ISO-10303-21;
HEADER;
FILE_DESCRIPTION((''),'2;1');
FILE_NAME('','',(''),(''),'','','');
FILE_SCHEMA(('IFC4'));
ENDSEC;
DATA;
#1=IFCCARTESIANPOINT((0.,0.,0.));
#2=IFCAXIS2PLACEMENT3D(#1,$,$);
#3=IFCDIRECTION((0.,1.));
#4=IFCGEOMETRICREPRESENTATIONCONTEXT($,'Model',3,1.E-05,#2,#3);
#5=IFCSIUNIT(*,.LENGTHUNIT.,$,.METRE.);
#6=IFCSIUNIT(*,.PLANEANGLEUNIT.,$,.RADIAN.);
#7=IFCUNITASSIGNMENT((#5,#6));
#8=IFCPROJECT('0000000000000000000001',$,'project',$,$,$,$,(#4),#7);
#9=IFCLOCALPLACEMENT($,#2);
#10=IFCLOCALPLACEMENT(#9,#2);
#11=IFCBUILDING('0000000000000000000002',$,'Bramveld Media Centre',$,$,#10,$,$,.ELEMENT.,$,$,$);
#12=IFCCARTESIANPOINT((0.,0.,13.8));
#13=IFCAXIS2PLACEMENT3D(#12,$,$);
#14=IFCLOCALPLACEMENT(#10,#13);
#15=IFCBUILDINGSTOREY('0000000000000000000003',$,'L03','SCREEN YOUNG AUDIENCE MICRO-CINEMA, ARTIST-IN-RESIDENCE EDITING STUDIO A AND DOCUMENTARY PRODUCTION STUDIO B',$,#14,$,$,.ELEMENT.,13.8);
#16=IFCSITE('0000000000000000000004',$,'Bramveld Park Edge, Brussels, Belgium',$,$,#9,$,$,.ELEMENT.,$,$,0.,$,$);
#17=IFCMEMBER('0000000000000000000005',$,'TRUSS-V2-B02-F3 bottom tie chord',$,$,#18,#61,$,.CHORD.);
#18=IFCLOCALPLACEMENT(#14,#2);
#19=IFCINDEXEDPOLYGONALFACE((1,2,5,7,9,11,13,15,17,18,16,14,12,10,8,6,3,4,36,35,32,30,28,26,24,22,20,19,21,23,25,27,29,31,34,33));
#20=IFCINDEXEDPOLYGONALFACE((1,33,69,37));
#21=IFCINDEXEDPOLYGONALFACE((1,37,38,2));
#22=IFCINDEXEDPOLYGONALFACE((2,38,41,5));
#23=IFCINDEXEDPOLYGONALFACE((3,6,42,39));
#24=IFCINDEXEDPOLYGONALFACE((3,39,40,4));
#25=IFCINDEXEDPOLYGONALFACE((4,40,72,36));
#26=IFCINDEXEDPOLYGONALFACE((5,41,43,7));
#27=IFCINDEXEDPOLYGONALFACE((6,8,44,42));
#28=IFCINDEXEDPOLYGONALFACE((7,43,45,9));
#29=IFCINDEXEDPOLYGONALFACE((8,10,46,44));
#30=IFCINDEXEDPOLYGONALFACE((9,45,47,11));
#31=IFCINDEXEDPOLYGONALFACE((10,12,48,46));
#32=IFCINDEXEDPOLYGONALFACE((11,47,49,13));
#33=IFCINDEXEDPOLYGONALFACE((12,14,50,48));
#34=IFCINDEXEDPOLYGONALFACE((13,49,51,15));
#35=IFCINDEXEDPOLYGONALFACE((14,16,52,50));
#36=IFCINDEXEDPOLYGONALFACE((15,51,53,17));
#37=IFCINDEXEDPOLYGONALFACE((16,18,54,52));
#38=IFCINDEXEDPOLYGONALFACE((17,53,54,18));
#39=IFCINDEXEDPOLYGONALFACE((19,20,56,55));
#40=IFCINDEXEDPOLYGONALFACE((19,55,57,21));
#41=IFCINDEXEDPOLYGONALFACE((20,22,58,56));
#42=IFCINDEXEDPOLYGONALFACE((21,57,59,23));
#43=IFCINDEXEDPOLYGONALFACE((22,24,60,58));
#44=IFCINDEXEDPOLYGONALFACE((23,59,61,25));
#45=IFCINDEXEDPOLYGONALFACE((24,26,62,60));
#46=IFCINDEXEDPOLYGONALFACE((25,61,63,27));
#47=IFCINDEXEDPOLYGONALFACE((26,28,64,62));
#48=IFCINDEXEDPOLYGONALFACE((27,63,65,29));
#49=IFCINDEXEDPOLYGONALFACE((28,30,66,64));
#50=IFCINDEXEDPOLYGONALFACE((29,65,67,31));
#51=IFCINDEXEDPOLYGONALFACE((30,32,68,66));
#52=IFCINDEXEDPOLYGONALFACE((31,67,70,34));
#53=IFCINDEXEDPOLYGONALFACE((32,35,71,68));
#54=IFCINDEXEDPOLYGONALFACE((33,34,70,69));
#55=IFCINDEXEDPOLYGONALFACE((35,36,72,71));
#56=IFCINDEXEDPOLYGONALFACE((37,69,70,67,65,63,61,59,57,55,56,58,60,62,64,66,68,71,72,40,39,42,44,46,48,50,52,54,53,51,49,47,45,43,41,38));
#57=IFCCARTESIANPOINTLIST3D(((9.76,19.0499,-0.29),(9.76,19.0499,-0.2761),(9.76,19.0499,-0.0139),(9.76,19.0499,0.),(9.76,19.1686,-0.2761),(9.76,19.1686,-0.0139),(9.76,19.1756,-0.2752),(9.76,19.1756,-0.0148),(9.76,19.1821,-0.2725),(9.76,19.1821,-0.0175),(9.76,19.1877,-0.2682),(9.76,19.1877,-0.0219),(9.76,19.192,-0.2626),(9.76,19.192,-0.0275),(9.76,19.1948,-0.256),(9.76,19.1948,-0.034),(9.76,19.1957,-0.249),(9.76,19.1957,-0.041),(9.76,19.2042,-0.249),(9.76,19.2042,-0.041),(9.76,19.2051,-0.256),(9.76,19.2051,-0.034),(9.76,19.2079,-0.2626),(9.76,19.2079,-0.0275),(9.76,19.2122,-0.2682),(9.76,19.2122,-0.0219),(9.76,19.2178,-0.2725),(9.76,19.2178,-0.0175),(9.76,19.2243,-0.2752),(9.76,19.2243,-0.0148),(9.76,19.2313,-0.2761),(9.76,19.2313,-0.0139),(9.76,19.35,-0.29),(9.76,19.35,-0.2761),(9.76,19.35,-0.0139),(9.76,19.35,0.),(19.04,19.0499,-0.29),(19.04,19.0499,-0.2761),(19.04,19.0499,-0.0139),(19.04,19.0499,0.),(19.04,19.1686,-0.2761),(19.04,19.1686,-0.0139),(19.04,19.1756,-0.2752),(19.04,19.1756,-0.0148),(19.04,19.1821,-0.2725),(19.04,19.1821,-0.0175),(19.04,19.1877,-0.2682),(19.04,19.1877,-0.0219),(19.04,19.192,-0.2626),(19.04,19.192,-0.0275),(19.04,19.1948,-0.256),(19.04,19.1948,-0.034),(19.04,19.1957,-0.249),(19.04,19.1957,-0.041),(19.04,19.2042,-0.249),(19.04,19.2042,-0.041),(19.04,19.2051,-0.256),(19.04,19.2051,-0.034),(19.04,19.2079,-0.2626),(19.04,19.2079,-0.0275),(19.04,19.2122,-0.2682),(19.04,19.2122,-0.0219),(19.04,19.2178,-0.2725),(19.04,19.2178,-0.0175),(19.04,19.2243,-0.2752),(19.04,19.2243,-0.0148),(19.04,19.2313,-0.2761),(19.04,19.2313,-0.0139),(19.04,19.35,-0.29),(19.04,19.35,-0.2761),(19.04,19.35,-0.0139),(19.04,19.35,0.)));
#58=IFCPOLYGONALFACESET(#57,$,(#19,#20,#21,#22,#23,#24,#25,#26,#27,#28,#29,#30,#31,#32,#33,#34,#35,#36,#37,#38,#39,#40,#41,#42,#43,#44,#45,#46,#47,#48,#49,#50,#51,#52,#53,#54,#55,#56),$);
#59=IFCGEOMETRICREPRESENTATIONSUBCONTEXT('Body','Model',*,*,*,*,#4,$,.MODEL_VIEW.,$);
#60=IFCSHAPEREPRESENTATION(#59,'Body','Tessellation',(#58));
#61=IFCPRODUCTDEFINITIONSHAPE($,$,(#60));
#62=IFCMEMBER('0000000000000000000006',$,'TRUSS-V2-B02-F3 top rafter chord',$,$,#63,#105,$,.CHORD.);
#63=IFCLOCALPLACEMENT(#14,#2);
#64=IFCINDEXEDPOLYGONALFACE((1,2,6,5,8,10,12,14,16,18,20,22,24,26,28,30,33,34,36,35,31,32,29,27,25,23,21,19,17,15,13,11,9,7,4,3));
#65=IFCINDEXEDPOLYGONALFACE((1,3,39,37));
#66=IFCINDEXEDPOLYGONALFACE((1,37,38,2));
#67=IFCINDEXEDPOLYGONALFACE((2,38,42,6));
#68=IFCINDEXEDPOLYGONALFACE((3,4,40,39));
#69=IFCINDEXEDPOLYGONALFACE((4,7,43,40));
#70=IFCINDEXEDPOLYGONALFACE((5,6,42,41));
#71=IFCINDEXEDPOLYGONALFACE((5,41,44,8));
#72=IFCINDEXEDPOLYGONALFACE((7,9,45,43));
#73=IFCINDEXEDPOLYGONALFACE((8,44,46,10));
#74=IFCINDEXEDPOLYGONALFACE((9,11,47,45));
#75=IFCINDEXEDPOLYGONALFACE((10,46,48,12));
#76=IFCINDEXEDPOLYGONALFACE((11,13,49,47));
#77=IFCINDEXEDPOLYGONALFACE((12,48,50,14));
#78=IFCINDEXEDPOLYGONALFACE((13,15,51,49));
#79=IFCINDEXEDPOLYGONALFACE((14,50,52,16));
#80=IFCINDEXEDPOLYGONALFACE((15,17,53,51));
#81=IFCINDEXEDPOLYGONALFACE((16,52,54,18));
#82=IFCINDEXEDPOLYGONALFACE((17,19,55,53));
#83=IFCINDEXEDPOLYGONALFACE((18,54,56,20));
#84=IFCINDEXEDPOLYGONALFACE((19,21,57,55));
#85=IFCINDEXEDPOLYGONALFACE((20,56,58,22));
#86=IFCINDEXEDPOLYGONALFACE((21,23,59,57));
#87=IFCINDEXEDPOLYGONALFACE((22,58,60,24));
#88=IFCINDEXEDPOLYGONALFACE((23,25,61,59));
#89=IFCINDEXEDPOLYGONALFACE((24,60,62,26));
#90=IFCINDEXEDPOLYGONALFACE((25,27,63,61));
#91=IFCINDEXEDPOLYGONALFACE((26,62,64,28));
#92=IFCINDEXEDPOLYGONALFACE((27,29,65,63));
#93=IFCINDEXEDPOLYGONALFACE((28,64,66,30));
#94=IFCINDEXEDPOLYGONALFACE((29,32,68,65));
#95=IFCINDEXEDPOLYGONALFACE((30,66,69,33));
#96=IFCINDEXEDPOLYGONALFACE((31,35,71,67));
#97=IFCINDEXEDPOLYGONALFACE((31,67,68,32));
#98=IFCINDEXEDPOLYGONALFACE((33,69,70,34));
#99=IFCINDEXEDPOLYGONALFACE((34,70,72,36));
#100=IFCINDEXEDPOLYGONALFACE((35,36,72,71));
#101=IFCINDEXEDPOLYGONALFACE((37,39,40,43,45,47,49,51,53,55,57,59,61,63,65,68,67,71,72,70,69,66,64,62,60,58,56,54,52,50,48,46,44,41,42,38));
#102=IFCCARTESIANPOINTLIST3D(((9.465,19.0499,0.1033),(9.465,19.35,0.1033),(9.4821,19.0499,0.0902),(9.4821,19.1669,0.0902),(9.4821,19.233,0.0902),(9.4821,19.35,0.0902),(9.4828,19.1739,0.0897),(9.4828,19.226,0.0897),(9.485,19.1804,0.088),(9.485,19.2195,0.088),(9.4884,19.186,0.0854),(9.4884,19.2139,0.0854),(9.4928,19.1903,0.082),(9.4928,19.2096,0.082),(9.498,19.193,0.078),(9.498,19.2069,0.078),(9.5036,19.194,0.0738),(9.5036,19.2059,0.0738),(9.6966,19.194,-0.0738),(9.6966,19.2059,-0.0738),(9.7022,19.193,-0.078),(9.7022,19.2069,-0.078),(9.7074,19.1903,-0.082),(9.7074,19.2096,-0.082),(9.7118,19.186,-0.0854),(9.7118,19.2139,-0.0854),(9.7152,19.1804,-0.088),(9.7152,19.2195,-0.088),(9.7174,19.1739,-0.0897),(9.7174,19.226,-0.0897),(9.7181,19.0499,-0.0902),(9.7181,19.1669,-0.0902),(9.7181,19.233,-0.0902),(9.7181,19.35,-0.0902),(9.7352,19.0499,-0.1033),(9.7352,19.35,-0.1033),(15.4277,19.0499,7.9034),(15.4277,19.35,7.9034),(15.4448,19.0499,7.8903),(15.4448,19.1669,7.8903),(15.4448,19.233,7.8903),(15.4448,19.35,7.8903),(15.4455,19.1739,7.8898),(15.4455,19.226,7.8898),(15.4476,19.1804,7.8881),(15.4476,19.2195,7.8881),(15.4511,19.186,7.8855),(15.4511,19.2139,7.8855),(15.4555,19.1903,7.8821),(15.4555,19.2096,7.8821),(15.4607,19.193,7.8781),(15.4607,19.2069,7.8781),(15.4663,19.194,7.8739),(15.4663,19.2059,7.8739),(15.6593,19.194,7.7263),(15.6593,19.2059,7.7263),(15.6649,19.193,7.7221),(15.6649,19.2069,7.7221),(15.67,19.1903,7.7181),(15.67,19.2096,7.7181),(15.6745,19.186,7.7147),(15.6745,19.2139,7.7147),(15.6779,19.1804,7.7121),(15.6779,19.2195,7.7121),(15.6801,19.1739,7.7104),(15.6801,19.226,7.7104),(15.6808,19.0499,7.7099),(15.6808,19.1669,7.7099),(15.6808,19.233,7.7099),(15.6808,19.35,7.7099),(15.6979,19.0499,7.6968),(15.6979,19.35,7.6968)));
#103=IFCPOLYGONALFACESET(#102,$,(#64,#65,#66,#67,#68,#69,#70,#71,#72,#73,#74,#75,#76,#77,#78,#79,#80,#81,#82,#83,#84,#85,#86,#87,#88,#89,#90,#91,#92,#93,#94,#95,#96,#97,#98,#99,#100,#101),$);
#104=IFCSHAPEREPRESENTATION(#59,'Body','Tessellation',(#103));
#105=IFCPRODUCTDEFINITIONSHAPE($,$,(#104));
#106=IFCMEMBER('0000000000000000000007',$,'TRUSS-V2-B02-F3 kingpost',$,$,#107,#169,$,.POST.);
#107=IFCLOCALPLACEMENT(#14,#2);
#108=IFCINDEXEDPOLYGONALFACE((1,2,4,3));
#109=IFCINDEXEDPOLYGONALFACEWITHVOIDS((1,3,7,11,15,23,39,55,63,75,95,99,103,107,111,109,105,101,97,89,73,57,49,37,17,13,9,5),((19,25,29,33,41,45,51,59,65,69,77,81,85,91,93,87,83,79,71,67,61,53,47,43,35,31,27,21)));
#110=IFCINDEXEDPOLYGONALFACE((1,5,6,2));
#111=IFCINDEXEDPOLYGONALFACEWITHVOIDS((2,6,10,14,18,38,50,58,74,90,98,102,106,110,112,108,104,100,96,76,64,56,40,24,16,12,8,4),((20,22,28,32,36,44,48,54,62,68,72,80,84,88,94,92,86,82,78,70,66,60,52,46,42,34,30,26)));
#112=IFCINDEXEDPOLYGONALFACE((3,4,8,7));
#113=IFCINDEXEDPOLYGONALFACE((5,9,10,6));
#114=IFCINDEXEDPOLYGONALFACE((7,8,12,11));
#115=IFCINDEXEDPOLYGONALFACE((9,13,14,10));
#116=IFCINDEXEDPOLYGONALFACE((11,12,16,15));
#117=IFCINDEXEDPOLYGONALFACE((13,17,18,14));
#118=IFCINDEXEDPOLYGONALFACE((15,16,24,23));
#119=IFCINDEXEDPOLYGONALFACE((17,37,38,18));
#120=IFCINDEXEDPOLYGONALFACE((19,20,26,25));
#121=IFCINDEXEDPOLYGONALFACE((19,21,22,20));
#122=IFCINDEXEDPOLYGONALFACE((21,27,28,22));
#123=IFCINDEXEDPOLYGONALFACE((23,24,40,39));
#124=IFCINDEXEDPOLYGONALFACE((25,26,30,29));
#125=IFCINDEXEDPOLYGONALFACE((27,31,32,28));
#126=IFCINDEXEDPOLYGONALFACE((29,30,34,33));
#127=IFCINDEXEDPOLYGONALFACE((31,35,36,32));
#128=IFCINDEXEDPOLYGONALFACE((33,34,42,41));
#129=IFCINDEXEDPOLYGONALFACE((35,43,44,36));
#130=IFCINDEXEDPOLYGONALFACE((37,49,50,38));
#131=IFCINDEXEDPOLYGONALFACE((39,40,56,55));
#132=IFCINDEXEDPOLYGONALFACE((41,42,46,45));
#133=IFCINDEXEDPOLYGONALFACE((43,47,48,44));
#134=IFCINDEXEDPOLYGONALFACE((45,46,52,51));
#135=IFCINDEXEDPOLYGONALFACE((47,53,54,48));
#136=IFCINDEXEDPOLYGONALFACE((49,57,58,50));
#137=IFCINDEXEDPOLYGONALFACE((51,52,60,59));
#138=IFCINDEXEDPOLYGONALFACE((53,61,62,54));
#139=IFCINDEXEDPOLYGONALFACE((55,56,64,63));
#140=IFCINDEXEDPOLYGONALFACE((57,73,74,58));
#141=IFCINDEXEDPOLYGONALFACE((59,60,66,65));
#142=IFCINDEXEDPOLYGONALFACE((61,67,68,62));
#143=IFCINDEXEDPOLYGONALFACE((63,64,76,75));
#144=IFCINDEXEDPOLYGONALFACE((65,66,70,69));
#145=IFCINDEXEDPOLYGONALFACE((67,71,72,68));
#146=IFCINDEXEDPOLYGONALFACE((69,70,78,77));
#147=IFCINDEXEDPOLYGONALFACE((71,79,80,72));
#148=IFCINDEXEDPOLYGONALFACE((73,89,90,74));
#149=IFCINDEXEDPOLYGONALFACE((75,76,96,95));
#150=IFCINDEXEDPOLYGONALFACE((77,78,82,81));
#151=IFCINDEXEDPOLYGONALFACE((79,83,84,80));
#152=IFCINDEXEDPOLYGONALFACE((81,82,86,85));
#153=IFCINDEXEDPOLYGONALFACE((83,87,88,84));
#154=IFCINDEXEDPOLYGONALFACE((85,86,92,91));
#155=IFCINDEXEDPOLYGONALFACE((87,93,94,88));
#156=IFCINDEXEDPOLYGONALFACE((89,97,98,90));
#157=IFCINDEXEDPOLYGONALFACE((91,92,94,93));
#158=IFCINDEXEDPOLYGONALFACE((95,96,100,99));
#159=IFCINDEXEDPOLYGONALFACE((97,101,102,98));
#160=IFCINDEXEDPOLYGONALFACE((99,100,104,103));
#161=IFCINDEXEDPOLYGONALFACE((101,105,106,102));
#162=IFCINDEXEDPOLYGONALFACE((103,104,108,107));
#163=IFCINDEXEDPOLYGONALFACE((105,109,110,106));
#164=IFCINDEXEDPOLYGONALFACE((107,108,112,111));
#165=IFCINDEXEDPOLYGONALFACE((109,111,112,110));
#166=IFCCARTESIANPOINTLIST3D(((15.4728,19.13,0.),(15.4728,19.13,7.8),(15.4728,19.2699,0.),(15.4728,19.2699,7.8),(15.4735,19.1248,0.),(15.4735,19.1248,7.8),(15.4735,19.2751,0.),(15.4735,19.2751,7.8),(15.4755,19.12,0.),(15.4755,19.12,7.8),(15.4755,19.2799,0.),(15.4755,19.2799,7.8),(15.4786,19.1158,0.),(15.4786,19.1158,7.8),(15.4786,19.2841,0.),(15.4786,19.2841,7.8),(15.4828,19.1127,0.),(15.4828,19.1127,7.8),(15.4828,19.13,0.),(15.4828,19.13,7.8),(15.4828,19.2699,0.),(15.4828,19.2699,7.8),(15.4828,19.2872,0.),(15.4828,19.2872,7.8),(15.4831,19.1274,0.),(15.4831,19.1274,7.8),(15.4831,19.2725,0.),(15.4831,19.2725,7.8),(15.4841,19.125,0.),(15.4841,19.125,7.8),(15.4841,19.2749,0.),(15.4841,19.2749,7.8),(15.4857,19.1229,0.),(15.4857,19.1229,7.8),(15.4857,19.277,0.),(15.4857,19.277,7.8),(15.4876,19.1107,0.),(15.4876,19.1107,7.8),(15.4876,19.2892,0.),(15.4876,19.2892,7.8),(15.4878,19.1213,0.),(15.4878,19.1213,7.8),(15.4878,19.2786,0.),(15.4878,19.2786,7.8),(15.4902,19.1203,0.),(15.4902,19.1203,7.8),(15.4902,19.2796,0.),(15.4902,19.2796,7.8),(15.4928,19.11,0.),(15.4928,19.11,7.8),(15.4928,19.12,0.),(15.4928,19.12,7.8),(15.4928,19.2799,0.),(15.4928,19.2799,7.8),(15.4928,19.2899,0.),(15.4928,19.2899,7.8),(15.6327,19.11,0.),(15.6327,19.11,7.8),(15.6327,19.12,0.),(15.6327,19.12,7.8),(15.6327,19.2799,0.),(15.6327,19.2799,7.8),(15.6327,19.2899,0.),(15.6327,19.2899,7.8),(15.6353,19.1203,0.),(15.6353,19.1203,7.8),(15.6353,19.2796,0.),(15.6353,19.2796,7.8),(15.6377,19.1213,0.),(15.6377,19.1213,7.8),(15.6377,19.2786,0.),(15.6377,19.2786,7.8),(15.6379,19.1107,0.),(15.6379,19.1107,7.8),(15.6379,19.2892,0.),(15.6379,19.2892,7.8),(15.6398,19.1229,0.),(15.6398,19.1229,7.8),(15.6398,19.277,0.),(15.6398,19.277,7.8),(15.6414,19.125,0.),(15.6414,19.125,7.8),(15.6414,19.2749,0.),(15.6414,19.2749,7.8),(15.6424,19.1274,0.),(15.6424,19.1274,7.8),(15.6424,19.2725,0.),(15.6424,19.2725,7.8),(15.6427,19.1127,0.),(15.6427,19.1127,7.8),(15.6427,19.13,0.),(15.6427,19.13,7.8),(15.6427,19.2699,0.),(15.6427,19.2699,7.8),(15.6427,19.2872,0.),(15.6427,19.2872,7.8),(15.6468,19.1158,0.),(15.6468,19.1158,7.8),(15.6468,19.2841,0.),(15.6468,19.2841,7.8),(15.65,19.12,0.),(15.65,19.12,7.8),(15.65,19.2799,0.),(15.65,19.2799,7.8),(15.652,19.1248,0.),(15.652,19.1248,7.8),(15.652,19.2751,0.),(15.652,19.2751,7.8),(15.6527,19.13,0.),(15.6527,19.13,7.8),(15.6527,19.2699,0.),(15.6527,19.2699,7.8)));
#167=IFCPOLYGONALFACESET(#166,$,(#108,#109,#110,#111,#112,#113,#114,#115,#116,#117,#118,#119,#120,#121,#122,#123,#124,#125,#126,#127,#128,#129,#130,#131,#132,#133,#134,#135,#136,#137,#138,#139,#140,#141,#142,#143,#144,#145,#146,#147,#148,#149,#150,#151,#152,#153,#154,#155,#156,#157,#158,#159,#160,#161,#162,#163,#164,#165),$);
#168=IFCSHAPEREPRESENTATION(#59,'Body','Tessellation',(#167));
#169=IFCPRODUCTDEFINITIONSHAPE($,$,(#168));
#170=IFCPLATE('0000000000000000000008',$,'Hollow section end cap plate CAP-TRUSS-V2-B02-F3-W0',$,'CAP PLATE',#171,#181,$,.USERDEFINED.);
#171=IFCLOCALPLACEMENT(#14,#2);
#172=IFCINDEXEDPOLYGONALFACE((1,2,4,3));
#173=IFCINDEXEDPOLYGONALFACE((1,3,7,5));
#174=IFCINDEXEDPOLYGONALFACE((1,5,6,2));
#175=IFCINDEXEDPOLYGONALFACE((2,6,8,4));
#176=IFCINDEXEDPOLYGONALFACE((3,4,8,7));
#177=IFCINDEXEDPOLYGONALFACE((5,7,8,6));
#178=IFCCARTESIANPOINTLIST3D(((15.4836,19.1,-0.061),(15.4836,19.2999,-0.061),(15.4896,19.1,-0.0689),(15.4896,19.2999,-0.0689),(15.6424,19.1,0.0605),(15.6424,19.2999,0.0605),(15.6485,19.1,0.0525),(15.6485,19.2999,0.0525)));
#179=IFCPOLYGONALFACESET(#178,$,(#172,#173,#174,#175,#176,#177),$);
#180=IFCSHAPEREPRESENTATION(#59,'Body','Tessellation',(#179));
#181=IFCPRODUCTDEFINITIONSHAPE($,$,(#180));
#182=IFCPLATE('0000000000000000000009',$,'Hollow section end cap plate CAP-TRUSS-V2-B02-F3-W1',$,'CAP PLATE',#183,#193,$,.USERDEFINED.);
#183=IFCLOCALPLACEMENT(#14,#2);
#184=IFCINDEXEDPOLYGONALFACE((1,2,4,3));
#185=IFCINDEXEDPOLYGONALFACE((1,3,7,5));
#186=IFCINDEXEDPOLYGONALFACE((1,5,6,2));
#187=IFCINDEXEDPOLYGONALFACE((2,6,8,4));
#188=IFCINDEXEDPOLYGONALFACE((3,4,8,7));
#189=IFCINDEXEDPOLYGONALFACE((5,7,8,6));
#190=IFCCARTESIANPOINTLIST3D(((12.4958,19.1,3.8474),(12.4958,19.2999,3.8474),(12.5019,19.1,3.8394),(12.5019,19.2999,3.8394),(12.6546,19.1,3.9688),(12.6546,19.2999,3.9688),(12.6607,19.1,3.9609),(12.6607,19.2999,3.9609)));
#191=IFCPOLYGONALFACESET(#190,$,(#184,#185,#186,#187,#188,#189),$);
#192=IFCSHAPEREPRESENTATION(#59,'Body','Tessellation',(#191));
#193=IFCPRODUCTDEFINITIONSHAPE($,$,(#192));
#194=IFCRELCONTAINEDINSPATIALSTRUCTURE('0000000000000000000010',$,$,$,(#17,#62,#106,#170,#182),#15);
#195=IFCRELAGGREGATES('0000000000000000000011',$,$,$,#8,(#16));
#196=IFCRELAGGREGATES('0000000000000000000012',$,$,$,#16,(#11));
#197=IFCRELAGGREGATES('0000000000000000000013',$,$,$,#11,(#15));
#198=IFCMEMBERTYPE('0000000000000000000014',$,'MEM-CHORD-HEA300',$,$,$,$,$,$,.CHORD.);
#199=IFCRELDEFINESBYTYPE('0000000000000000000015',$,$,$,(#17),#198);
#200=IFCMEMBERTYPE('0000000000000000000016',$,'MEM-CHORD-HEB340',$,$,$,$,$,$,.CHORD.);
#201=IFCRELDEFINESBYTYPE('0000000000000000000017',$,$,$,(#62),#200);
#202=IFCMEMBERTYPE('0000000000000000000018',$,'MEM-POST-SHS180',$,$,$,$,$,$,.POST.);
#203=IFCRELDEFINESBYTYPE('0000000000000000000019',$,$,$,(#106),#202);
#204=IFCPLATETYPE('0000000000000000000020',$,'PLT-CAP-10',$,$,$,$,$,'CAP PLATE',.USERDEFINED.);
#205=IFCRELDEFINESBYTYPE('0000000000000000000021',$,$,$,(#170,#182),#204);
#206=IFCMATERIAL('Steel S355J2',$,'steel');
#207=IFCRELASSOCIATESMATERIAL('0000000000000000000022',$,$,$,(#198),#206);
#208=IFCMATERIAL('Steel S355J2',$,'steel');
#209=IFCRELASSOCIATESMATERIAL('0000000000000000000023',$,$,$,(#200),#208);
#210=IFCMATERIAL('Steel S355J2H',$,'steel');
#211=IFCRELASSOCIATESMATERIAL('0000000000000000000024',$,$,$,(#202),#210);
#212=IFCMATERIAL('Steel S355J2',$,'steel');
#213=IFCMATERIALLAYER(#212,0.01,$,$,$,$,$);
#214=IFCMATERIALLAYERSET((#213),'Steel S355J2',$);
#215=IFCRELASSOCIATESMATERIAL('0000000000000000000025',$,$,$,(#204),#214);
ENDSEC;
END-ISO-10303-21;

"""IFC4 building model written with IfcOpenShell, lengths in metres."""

from ifc_helpers import new_model, si_unit, direction, frame, origin, origin_2d, place, context, subcontext, project, spatial, rectangle, hollow_rectangle, i_section, extrude, material, layer, layer_set, material_profile, profile_set, type_object, element, save


model = new_model("IFC4")

# Units and contexts
model_context = context("Model", 3, precision=1e-05, world=origin(), true_north=direction((0.0, 1.0)))
body_context = subcontext(model_context, "Body", "Model", "MODEL_VIEW")
ifc_project = project(units=[si_unit("LENGTHUNIT", "METRE"), si_unit("PLANEANGLEUNIT", "RADIAN")], contexts=[model_context])

# Site, building, storey
site_placement = place(None, origin())
site = spatial("IfcSite", under=ifc_project, at=site_placement, Name="Bramveld Park Edge, Brussels, Belgium", CompositionType="ELEMENT", RefElevation=0.0)
building_placement = place(site_placement, origin())
building = spatial("IfcBuilding", under=site, at=building_placement, Name="Bramveld Media Centre", CompositionType="ELEMENT")
storey_placement = place(building_placement, frame((0.0, 0.0, 13.8)))
storey = spatial("IfcBuildingStorey", under=building, at=storey_placement, Name="L03", Description="SCREEN YOUNG AUDIENCE MICRO-CINEMA, ARTIST-IN-RESIDENCE EDITING STUDIO A AND DOCUMENTARY PRODUCTION STUDIO B", CompositionType="ELEMENT", Elevation=13.8)

# Members
ifc_material_1 = material(Name="Steel S355J2", Category="steel")
ifc_material_profile_1 = material_profile(ifc_material_1, i_section(OverallWidth=0.3, OverallDepth=0.29, WebThickness=0.0085, FlangeThickness=0.0139, FilletRadius=0.0271, at=origin_2d()), Name="HEA 300")
ifc_profile_set_1 = profile_set([ifc_material_profile_1], Name="Steel S355J2")
member_type_1 = type_object("IfcMemberType", Name="MEM-CHORD-HEA300", PredefinedType="CHORD", material=ifc_profile_set_1)
member_1_placement = place(storey_placement, frame((9.76, 19.2, -0.145), z_axis=(1.0, 0.0, 0.0), x_axis=(0.0, 1.0, 0.0)))
element("IfcMember", 1, at=member_1_placement, inside=storey, type_object=member_type_1, Name="TRUSS-V2-B02-F3 bottom tie chord", PredefinedType="CHORD", context=body_context, shape_type="SweptSolid", body=[
    extrude(i_section(OverallWidth=0.3, OverallDepth=0.29, WebThickness=0.0085, FlangeThickness=0.0139, FilletRadius=0.0271, at=origin_2d()), origin(), (0.0, 0.0, 1.0), 9.28),
])
ifc_material_2 = material(Name="Steel S355J2", Category="steel")
ifc_material_profile_2 = material_profile(ifc_material_2, i_section(OverallWidth=0.3, OverallDepth=0.3401, WebThickness=0.012, FlangeThickness=0.0215, FilletRadius=0.0271, at=origin_2d()), Name="HEB 340")
ifc_profile_set_2 = profile_set([ifc_material_profile_2], Name="Steel S355J2")
member_type_2 = type_object("IfcMemberType", Name="MEM-CHORD-HEB340", PredefinedType="CHORD", material=ifc_profile_set_2)
member_2_placement = place(storey_placement, frame((9.6001, 19.2, 0.0), z_axis=(0.607315, 0.0, 0.794461), x_axis=(0.0, 1.0, 0.0)))
element("IfcMember", 2, at=member_2_placement, inside=storey, type_object=member_type_2, Name="TRUSS-V2-B02-F3 top rafter chord", PredefinedType="CHORD", context=body_context, shape_type="SweptSolid", body=[
    extrude(i_section(OverallWidth=0.3, OverallDepth=0.3401, WebThickness=0.012, FlangeThickness=0.0215, FilletRadius=0.0271, at=origin_2d()), origin(), (0.0, 0.0, 1.0), 9.8181),
])
ifc_material_3 = material(Name="Steel S355J2H", Category="steel")
ifc_material_profile_3 = material_profile(ifc_material_3, hollow_rectangle(XDim=0.1799, YDim=0.1799, WallThickness=0.01, InnerFilletRadius=0.01, OuterFilletRadius=0.02, at=origin_2d()), Name="SHS 180x180x10")
ifc_profile_set_3 = profile_set([ifc_material_profile_3], Name="Steel S355J2H")
member_type_3 = type_object("IfcMemberType", Name="MEM-POST-SHS180", PredefinedType="POST", material=ifc_profile_set_3)
member_3_placement = place(storey_placement, frame((15.5627, 19.2, 0.0), z_axis=(0.0, 0.0, 1.0), x_axis=(1.0, 0.0, 0.0)))
element("IfcMember", 3, at=member_3_placement, inside=storey, type_object=member_type_3, Name="TRUSS-V2-B02-F3 kingpost", PredefinedType="POST", context=body_context, shape_type="SweptSolid", body=[
    extrude(hollow_rectangle(XDim=0.1799, YDim=0.1799, WallThickness=0.01, InnerFilletRadius=0.01, OuterFilletRadius=0.02, at=origin_2d()), origin(), (0.0, 0.0, 1.0), 7.8),
])

# Plates
ifc_material_4 = material(Name="Steel S355J2", Category="steel")
ifc_layer_1 = layer(ifc_material_4, 0.01)
ifc_layer_set_1 = layer_set([ifc_layer_1], Name="Steel S355J2")
plate_type_1 = type_object("IfcPlateType", Name="PLT-CAP-10", ElementType="CAP PLATE", PredefinedType="USERDEFINED", material=ifc_layer_set_1)
for number, where, z_axis, x_axis, name in (
    (4, (15.563, 19.2, -0.0002), (0.607328, 0.0, -0.794451), (0.0, 1.0, 0.0), "Hollow section end cap plate CAP-TRUSS-V2-B02-F3-W0"),
    (5, (12.5813, 19.2, 3.9001), (-0.607328, 0.0, 0.794451), (0.0, -1.0, 0.0), "Hollow section end cap plate CAP-TRUSS-V2-B02-F3-W1"),
):
    element("IfcPlate", number, at=place(storey_placement, frame(where, z_axis=z_axis, x_axis=x_axis)), inside=storey, type_object=plate_type_1, Name=name, ObjectType="CAP PLATE", PredefinedType="USERDEFINED", context=body_context, shape_type="SweptSolid", body=[
        extrude(rectangle(XDim=0.2, YDim=0.2, at=origin_2d()), origin(), (0.0, 0.0, 1.0), 0.01),
    ])

save(model, "model.ifc")
